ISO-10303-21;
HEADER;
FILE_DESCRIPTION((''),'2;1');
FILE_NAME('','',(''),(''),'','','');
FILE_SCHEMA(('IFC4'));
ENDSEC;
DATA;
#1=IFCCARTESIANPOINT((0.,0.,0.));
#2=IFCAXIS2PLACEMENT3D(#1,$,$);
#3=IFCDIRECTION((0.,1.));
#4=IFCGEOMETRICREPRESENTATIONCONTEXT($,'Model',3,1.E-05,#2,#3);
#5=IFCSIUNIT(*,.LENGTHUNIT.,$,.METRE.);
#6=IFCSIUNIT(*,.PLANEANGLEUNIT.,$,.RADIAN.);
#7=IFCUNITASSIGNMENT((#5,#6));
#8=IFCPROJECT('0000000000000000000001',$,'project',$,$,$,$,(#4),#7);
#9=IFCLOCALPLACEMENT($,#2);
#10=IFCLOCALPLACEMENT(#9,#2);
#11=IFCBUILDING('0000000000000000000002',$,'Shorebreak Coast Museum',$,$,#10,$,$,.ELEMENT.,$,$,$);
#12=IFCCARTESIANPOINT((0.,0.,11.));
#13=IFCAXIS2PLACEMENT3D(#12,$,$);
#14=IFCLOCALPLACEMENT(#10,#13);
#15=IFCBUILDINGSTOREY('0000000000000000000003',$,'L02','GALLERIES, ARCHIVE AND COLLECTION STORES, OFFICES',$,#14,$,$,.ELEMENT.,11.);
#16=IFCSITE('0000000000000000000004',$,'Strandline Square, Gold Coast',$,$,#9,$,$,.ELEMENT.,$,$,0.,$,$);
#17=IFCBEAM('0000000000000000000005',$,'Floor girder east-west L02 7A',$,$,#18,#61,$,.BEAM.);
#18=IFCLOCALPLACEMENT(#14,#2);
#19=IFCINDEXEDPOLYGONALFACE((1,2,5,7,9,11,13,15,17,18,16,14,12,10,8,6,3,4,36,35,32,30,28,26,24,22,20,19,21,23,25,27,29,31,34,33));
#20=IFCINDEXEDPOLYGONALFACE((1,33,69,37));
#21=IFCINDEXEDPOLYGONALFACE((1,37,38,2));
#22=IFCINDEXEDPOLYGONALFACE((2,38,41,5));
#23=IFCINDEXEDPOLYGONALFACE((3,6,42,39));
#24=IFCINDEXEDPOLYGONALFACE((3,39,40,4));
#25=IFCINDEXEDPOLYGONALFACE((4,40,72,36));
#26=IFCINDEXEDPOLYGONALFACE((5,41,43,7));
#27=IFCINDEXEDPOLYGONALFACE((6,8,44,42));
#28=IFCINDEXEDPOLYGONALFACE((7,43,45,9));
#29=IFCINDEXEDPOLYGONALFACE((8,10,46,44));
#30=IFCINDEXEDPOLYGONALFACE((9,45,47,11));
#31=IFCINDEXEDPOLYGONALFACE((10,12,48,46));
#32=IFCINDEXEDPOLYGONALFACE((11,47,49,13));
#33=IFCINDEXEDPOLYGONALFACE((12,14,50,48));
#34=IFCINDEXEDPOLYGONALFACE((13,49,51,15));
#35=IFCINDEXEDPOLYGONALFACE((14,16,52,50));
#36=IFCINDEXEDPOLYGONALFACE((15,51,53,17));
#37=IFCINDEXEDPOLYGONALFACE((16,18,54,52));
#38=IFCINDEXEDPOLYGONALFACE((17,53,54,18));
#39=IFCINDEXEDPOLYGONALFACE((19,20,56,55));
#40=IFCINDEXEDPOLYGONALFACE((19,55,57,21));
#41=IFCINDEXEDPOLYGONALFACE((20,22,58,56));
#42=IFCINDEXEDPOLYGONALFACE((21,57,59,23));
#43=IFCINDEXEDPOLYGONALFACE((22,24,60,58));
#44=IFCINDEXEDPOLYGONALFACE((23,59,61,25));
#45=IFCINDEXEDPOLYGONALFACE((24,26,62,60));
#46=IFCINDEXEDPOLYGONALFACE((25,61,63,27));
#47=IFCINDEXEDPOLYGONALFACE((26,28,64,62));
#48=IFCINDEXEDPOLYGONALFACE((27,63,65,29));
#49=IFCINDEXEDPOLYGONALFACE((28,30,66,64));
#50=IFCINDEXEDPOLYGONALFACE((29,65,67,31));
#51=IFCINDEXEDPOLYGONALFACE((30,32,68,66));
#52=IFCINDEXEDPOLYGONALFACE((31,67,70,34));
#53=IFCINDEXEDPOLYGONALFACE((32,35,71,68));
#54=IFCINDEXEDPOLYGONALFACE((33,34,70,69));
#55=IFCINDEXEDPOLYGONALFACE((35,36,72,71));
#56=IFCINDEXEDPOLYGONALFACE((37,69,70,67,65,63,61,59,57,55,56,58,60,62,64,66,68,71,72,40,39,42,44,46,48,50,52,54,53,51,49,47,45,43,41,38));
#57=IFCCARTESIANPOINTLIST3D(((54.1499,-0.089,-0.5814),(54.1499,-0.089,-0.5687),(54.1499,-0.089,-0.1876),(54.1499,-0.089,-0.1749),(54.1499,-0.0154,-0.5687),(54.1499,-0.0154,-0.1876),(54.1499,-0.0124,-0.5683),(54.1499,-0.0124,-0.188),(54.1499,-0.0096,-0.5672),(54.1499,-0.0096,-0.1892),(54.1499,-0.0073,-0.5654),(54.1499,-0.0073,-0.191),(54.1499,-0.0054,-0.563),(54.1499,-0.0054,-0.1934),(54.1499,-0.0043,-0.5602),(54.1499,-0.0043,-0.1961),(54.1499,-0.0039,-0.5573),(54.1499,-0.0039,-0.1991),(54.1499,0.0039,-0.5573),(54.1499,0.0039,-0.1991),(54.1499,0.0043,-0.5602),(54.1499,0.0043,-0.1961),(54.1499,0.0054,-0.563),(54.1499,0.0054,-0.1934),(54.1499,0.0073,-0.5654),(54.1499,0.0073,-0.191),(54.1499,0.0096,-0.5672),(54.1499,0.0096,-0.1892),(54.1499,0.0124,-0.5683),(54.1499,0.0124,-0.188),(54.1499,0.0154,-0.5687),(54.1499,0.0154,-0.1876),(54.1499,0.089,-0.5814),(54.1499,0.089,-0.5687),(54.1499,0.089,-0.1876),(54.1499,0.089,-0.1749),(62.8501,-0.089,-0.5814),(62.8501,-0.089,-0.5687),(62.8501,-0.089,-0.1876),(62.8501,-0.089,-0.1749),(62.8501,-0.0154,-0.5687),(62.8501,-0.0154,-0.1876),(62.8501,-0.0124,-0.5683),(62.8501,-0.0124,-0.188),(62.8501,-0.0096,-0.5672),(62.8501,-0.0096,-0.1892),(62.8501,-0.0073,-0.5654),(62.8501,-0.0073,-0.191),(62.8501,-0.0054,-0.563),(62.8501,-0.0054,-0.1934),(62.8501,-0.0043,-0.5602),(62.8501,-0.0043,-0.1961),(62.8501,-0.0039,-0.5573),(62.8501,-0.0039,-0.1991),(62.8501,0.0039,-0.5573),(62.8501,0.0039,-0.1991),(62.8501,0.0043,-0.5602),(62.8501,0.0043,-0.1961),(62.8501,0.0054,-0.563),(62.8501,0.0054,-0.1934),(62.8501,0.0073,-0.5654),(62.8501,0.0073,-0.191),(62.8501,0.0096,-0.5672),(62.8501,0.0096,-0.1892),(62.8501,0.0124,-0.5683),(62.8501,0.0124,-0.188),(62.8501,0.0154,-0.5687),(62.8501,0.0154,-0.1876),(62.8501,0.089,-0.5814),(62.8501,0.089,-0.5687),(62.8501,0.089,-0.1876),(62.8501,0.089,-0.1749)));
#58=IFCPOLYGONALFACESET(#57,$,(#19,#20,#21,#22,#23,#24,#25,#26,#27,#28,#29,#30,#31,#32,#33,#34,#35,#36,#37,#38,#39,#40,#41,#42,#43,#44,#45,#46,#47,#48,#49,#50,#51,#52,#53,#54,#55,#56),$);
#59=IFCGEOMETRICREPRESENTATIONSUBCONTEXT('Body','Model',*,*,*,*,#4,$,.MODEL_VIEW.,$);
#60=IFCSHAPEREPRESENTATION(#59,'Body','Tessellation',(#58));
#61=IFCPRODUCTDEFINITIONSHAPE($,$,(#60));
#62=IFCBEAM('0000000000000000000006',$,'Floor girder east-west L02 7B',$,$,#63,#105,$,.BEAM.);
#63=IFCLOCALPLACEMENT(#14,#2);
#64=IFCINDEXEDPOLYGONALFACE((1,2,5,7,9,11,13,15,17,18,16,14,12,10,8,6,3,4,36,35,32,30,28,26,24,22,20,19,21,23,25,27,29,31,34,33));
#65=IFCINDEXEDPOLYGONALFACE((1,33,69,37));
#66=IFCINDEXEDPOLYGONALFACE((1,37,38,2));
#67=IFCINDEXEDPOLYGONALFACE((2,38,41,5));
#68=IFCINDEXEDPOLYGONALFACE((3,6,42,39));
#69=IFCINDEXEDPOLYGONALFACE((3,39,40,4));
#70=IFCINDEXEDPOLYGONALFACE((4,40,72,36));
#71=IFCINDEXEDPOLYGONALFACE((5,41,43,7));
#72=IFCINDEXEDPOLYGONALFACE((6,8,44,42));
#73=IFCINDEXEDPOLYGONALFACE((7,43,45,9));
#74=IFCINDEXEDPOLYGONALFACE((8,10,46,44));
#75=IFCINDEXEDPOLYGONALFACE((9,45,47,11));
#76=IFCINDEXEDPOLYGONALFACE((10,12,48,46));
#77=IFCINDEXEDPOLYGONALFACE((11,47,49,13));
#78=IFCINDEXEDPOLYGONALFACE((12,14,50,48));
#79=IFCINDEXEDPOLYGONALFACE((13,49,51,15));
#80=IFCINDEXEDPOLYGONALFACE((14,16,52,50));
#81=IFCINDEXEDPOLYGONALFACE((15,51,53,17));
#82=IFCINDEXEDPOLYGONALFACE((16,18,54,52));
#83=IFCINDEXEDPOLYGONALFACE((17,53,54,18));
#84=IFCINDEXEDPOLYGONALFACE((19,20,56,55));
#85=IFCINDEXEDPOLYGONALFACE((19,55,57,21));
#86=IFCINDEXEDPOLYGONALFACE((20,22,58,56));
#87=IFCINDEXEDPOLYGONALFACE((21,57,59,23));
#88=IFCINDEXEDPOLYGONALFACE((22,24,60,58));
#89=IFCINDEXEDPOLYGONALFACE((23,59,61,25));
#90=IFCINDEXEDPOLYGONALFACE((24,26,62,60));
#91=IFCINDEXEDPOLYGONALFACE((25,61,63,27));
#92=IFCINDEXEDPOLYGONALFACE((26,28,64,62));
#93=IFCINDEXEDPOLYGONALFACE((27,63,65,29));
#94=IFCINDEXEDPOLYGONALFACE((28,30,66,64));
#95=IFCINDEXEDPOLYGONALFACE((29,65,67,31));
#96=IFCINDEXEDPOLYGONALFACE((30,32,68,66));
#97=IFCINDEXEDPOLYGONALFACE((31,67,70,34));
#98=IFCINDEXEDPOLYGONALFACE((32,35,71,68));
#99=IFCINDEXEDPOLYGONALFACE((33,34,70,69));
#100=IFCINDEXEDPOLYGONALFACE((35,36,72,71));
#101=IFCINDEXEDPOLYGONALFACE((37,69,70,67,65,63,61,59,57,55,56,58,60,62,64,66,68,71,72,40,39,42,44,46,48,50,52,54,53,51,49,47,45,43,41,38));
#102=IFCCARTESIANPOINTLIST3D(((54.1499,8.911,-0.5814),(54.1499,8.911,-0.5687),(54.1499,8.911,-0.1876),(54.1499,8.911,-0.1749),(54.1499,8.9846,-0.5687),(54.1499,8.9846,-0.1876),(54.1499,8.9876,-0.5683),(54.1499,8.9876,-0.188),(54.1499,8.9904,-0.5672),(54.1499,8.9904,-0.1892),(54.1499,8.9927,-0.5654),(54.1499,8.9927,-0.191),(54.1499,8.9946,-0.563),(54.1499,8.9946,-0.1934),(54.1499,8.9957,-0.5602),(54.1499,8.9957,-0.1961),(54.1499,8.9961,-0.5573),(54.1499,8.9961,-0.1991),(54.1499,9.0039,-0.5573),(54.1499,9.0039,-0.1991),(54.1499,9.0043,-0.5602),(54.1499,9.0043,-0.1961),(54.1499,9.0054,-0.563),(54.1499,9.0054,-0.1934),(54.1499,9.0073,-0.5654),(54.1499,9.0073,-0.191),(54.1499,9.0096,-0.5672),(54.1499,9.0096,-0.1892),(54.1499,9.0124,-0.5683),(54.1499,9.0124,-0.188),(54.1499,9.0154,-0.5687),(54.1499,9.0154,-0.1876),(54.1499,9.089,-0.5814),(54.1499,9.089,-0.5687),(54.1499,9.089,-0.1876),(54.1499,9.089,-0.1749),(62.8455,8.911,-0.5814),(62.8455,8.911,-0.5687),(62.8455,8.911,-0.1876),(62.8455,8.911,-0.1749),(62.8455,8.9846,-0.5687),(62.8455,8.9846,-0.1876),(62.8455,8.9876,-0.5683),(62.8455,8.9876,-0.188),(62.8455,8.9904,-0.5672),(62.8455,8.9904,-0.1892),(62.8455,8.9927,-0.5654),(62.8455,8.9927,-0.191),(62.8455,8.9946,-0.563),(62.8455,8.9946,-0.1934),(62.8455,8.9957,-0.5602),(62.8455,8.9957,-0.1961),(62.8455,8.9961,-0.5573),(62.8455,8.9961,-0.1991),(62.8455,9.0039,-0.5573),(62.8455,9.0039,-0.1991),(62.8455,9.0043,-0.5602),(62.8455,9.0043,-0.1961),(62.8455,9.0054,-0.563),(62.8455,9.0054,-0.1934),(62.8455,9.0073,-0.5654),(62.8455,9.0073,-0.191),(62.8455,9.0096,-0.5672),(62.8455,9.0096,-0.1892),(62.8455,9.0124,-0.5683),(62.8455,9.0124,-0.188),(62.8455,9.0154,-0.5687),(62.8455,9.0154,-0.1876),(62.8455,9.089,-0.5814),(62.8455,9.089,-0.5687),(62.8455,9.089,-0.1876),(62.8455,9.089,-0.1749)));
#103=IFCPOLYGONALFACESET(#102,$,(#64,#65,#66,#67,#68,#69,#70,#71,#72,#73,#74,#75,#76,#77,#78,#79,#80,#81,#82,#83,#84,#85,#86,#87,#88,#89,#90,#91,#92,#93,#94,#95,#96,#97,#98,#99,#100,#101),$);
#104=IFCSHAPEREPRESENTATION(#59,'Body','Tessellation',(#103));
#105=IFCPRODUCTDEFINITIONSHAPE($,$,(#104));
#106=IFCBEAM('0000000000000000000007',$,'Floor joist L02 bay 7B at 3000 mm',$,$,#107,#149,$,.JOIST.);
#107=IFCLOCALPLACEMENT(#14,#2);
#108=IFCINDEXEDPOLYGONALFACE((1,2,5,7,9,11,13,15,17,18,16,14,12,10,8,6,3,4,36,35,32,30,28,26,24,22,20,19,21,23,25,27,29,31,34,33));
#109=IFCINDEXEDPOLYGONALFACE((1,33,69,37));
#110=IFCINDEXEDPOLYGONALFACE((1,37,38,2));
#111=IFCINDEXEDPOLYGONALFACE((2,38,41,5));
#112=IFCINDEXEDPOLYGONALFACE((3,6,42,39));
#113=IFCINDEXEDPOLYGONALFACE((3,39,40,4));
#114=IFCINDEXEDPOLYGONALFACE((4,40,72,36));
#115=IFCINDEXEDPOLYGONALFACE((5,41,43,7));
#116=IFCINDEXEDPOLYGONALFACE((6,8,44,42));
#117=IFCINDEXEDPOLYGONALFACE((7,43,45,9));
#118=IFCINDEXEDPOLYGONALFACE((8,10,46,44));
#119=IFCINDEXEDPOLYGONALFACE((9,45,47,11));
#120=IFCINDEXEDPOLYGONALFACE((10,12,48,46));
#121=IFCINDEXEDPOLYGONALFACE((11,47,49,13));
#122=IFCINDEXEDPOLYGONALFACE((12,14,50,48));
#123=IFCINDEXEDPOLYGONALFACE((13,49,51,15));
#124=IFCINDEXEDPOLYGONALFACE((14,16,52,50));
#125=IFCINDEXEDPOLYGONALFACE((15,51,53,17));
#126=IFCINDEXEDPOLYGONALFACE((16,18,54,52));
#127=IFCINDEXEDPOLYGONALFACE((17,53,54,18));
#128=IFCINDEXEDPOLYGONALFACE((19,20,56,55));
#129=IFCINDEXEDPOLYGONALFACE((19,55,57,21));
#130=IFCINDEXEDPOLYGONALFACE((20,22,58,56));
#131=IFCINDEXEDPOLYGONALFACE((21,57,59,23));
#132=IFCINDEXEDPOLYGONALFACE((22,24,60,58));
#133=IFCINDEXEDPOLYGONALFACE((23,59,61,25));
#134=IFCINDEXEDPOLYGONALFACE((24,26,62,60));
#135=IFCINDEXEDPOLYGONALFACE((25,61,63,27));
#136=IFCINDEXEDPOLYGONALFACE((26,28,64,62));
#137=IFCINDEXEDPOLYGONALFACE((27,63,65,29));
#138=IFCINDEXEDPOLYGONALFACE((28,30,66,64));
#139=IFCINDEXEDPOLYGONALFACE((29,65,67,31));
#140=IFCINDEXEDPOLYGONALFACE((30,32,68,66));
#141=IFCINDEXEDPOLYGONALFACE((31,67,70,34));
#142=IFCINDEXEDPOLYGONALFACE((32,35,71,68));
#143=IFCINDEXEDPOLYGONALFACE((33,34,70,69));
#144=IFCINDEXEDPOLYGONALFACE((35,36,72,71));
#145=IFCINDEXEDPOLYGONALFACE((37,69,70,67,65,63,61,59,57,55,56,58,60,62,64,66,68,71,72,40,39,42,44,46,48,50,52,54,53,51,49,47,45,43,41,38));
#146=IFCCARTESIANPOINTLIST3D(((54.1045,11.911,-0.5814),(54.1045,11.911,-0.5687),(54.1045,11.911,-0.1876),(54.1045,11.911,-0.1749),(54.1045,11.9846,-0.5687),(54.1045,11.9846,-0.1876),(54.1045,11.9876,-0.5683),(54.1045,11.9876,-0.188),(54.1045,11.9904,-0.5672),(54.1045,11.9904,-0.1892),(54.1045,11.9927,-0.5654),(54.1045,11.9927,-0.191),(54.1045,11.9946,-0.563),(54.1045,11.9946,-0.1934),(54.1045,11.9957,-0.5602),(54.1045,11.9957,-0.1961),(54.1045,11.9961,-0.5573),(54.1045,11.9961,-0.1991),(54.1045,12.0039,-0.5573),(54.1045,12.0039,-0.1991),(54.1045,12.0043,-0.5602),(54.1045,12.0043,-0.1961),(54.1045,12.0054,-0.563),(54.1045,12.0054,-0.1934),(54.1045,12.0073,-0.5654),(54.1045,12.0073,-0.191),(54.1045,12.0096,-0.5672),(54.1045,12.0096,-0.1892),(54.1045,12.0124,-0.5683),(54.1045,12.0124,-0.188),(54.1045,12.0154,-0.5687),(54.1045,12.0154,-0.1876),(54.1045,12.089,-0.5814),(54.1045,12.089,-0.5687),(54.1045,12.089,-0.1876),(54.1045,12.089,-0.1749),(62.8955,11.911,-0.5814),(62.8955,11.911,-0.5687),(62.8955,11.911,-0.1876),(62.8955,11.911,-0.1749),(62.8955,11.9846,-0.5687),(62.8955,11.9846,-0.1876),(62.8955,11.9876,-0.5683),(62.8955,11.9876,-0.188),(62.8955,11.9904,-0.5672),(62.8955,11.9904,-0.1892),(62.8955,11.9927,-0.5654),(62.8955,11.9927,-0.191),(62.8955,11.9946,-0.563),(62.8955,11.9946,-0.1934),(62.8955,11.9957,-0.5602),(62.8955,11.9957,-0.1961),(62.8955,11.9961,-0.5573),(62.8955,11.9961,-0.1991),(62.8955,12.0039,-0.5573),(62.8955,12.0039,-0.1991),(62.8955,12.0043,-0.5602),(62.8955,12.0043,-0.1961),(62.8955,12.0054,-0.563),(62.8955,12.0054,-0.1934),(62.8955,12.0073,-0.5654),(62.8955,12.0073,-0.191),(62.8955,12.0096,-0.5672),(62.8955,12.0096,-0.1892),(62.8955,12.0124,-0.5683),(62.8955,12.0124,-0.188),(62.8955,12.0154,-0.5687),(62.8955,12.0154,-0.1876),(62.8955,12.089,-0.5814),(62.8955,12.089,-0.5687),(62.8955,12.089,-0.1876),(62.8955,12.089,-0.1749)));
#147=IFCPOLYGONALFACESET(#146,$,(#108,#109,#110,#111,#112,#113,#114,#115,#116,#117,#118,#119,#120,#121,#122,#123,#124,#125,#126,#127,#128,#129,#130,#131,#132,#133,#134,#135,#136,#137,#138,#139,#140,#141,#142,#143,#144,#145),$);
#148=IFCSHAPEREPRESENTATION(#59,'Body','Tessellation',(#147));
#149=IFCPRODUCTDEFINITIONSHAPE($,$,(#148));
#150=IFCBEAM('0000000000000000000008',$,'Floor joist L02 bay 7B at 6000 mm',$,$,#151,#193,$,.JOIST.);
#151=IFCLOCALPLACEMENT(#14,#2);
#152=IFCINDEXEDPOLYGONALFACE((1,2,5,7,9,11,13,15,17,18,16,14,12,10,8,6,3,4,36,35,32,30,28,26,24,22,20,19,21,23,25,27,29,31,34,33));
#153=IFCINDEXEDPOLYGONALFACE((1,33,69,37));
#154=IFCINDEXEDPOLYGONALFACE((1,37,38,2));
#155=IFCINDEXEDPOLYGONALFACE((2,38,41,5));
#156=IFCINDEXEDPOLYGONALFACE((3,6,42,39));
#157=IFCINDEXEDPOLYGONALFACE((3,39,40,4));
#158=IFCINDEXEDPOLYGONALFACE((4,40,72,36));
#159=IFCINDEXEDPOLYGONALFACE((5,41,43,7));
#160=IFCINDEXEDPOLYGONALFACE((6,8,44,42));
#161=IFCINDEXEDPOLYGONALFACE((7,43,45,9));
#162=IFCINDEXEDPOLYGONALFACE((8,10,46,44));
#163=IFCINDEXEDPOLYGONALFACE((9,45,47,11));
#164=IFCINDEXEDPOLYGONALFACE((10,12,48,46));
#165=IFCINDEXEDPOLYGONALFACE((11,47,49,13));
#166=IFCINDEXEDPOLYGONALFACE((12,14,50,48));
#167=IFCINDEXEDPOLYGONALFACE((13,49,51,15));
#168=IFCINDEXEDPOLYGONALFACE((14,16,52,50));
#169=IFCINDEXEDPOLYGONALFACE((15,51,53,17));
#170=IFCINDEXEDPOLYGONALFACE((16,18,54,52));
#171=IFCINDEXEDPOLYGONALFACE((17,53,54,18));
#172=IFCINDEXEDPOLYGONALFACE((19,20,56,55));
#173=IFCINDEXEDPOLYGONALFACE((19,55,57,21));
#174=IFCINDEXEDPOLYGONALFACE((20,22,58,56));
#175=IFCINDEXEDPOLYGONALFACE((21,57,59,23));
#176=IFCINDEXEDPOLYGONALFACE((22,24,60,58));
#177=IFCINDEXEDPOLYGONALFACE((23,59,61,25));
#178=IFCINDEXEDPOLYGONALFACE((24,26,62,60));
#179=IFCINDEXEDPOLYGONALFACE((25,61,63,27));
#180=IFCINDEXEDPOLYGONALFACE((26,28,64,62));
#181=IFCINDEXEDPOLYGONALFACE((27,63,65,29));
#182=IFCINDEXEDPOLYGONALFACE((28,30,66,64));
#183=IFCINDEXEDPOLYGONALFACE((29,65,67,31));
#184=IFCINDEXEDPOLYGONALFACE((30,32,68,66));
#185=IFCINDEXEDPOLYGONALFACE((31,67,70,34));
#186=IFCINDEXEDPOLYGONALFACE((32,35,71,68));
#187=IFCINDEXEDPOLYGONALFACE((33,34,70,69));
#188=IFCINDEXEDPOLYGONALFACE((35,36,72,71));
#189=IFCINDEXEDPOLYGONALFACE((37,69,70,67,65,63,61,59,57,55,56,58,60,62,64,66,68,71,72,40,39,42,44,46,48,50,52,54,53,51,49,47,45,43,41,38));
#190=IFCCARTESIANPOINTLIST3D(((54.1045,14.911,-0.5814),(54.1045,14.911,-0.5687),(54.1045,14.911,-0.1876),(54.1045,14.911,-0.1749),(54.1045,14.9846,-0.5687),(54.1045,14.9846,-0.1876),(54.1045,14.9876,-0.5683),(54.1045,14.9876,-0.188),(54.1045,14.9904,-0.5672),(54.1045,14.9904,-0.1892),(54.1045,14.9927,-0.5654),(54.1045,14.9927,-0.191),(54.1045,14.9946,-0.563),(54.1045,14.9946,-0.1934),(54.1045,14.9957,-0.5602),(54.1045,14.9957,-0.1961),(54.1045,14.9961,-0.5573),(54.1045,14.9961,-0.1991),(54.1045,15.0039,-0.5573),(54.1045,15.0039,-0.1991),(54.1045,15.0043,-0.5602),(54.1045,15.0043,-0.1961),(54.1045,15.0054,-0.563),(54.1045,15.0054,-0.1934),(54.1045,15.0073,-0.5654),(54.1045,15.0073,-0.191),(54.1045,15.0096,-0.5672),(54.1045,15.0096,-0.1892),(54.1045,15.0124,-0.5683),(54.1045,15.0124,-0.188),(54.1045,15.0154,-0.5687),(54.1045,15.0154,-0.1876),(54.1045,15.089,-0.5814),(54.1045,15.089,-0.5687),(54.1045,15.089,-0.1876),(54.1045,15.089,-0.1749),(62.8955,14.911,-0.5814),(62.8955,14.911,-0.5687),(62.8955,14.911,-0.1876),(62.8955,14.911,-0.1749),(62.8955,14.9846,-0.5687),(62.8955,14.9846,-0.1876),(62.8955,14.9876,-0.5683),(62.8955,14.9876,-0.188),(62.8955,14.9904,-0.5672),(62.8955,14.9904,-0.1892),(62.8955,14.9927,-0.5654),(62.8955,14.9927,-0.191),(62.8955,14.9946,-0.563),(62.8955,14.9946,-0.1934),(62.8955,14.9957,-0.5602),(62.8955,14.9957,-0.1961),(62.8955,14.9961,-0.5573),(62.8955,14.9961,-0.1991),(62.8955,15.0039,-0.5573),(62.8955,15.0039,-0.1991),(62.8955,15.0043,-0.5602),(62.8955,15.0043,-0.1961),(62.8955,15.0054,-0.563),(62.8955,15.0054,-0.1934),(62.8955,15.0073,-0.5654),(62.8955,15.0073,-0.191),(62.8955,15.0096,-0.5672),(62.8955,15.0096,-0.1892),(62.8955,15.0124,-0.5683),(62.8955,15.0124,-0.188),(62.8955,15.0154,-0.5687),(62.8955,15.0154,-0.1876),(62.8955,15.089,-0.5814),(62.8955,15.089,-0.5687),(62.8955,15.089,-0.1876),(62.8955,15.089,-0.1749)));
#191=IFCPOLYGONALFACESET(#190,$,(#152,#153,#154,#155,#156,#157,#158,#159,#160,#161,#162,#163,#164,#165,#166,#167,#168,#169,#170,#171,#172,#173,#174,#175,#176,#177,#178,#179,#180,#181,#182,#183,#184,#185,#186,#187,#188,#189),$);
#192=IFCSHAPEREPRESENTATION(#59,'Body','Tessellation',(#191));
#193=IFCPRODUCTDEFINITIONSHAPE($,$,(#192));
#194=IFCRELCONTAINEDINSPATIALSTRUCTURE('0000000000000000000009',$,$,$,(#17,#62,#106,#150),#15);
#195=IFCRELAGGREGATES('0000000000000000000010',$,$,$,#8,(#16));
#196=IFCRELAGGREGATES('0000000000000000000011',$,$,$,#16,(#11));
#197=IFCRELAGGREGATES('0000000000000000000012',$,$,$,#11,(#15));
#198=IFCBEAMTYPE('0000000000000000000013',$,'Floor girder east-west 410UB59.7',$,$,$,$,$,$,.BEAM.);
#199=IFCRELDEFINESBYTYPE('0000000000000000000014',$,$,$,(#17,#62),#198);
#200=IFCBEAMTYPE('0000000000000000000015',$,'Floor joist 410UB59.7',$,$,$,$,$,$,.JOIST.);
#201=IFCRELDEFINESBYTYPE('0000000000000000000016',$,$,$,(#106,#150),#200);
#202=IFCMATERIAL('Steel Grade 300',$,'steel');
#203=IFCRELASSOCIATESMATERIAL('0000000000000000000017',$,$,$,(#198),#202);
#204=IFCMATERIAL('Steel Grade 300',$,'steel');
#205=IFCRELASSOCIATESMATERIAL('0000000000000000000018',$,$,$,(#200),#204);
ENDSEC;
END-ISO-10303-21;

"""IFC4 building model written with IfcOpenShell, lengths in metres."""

from ifc_helpers import new_model, si_unit, direction, frame, origin, origin_2d, place, context, subcontext, project, spatial, i_section, extrude, material, material_profile, profile_set, type_object, element, save


model = new_model("IFC4")

# Units and contexts
model_context = context("Model", 3, precision=1e-05, world=origin(), true_north=direction((0.0, 1.0)))
body_context = subcontext(model_context, "Body", "Model", "MODEL_VIEW")
ifc_project = project(units=[si_unit("LENGTHUNIT", "METRE"), si_unit("PLANEANGLEUNIT", "RADIAN")], contexts=[model_context])

# Site, building, storey
site_placement = place(None, origin())
site = spatial("IfcSite", under=ifc_project, at=site_placement, Name="Strandline Square, Gold Coast", CompositionType="ELEMENT", RefElevation=0.0)
building_placement = place(site_placement, origin())
building = spatial("IfcBuilding", under=site, at=building_placement, Name="Shorebreak Coast Museum", CompositionType="ELEMENT")
storey_placement = place(building_placement, frame((0.0, 0.0, 11.0)))
storey = spatial("IfcBuildingStorey", under=building, at=storey_placement, Name="L02", Description="GALLERIES, ARCHIVE AND COLLECTION STORES, OFFICES", CompositionType="ELEMENT", Elevation=11.0)

# Beams
ifc_material_1 = material(Name="Steel Grade 300", Category="steel")
ifc_material_profile_1 = material_profile(ifc_material_1, i_section(OverallWidth=0.178, OverallDepth=0.4065, WebThickness=0.0078, FlangeThickness=0.0127, FilletRadius=0.0115, at=origin_2d()), Name="410UB59.7")
ifc_profile_set_1 = profile_set([ifc_material_profile_1], Name="Steel Grade 300")
beam_type_1 = type_object("IfcBeamType", Name="Floor girder east-west 410UB59.7", PredefinedType="BEAM", material=ifc_profile_set_1)
beam_1_placement = place(storey_placement, frame((54.1499, 0.0, -0.3782), z_axis=(1.0, 0.0, 0.0), x_axis=(0.0, 1.0, 0.0)))
element("IfcBeam", 1, at=beam_1_placement, inside=storey, type_object=beam_type_1, Name="Floor girder east-west L02 7A", PredefinedType="BEAM", context=body_context, shape_type="SweptSolid", body=[
    extrude(i_section(OverallWidth=0.178, OverallDepth=0.4065, WebThickness=0.0078, FlangeThickness=0.0127, FilletRadius=0.0115, at=origin_2d()), origin(), (0.0, 0.0, 1.0), 8.7002),
])
beam_2_placement = place(storey_placement, frame((54.1499, 9.0, -0.3782), z_axis=(1.0, 0.0, 0.0), x_axis=(0.0, 1.0, 0.0)))
element("IfcBeam", 2, at=beam_2_placement, inside=storey, type_object=beam_type_1, Name="Floor girder east-west L02 7B", PredefinedType="BEAM", context=body_context, shape_type="SweptSolid", body=[
    extrude(i_section(OverallWidth=0.178, OverallDepth=0.4065, WebThickness=0.0078, FlangeThickness=0.0127, FilletRadius=0.0115, at=origin_2d()), origin(), (0.0, 0.0, 1.0), 8.6956),
])
ifc_material_2 = material(Name="Steel Grade 300", Category="steel")
ifc_material_profile_2 = material_profile(ifc_material_2, i_section(OverallWidth=0.178, OverallDepth=0.4065, WebThickness=0.0078, FlangeThickness=0.0127, FilletRadius=0.0115, at=origin_2d()), Name="410UB59.7")
ifc_profile_set_2 = profile_set([ifc_material_profile_2], Name="Steel Grade 300")
beam_type_2 = type_object("IfcBeamType", Name="Floor joist 410UB59.7", PredefinedType="JOIST", material=ifc_profile_set_2)
for number, where, z_axis, x_axis, name in (
    (3, (54.1045, 12.0, -0.3782), (1.0, 0.0, 0.0), (0.0, 1.0, 0.0), "Floor joist L02 bay 7B at 3000 mm"),
    (4, (54.1045, 15.0, -0.3782), (1.0, 0.0, 0.0), (0.0, 1.0, 0.0), "Floor joist L02 bay 7B at 6000 mm"),
):
    element("IfcBeam", number, at=place(storey_placement, frame(where, z_axis=z_axis, x_axis=x_axis)), inside=storey, type_object=beam_type_2, Name=name, PredefinedType="JOIST", context=body_context, shape_type="SweptSolid", body=[
        extrude(i_section(OverallWidth=0.178, OverallDepth=0.4065, WebThickness=0.0078, FlangeThickness=0.0127, FilletRadius=0.0115, at=origin_2d()), origin(), (0.0, 0.0, 1.0), 8.791),
    ])

save(model, "model.ifc")
